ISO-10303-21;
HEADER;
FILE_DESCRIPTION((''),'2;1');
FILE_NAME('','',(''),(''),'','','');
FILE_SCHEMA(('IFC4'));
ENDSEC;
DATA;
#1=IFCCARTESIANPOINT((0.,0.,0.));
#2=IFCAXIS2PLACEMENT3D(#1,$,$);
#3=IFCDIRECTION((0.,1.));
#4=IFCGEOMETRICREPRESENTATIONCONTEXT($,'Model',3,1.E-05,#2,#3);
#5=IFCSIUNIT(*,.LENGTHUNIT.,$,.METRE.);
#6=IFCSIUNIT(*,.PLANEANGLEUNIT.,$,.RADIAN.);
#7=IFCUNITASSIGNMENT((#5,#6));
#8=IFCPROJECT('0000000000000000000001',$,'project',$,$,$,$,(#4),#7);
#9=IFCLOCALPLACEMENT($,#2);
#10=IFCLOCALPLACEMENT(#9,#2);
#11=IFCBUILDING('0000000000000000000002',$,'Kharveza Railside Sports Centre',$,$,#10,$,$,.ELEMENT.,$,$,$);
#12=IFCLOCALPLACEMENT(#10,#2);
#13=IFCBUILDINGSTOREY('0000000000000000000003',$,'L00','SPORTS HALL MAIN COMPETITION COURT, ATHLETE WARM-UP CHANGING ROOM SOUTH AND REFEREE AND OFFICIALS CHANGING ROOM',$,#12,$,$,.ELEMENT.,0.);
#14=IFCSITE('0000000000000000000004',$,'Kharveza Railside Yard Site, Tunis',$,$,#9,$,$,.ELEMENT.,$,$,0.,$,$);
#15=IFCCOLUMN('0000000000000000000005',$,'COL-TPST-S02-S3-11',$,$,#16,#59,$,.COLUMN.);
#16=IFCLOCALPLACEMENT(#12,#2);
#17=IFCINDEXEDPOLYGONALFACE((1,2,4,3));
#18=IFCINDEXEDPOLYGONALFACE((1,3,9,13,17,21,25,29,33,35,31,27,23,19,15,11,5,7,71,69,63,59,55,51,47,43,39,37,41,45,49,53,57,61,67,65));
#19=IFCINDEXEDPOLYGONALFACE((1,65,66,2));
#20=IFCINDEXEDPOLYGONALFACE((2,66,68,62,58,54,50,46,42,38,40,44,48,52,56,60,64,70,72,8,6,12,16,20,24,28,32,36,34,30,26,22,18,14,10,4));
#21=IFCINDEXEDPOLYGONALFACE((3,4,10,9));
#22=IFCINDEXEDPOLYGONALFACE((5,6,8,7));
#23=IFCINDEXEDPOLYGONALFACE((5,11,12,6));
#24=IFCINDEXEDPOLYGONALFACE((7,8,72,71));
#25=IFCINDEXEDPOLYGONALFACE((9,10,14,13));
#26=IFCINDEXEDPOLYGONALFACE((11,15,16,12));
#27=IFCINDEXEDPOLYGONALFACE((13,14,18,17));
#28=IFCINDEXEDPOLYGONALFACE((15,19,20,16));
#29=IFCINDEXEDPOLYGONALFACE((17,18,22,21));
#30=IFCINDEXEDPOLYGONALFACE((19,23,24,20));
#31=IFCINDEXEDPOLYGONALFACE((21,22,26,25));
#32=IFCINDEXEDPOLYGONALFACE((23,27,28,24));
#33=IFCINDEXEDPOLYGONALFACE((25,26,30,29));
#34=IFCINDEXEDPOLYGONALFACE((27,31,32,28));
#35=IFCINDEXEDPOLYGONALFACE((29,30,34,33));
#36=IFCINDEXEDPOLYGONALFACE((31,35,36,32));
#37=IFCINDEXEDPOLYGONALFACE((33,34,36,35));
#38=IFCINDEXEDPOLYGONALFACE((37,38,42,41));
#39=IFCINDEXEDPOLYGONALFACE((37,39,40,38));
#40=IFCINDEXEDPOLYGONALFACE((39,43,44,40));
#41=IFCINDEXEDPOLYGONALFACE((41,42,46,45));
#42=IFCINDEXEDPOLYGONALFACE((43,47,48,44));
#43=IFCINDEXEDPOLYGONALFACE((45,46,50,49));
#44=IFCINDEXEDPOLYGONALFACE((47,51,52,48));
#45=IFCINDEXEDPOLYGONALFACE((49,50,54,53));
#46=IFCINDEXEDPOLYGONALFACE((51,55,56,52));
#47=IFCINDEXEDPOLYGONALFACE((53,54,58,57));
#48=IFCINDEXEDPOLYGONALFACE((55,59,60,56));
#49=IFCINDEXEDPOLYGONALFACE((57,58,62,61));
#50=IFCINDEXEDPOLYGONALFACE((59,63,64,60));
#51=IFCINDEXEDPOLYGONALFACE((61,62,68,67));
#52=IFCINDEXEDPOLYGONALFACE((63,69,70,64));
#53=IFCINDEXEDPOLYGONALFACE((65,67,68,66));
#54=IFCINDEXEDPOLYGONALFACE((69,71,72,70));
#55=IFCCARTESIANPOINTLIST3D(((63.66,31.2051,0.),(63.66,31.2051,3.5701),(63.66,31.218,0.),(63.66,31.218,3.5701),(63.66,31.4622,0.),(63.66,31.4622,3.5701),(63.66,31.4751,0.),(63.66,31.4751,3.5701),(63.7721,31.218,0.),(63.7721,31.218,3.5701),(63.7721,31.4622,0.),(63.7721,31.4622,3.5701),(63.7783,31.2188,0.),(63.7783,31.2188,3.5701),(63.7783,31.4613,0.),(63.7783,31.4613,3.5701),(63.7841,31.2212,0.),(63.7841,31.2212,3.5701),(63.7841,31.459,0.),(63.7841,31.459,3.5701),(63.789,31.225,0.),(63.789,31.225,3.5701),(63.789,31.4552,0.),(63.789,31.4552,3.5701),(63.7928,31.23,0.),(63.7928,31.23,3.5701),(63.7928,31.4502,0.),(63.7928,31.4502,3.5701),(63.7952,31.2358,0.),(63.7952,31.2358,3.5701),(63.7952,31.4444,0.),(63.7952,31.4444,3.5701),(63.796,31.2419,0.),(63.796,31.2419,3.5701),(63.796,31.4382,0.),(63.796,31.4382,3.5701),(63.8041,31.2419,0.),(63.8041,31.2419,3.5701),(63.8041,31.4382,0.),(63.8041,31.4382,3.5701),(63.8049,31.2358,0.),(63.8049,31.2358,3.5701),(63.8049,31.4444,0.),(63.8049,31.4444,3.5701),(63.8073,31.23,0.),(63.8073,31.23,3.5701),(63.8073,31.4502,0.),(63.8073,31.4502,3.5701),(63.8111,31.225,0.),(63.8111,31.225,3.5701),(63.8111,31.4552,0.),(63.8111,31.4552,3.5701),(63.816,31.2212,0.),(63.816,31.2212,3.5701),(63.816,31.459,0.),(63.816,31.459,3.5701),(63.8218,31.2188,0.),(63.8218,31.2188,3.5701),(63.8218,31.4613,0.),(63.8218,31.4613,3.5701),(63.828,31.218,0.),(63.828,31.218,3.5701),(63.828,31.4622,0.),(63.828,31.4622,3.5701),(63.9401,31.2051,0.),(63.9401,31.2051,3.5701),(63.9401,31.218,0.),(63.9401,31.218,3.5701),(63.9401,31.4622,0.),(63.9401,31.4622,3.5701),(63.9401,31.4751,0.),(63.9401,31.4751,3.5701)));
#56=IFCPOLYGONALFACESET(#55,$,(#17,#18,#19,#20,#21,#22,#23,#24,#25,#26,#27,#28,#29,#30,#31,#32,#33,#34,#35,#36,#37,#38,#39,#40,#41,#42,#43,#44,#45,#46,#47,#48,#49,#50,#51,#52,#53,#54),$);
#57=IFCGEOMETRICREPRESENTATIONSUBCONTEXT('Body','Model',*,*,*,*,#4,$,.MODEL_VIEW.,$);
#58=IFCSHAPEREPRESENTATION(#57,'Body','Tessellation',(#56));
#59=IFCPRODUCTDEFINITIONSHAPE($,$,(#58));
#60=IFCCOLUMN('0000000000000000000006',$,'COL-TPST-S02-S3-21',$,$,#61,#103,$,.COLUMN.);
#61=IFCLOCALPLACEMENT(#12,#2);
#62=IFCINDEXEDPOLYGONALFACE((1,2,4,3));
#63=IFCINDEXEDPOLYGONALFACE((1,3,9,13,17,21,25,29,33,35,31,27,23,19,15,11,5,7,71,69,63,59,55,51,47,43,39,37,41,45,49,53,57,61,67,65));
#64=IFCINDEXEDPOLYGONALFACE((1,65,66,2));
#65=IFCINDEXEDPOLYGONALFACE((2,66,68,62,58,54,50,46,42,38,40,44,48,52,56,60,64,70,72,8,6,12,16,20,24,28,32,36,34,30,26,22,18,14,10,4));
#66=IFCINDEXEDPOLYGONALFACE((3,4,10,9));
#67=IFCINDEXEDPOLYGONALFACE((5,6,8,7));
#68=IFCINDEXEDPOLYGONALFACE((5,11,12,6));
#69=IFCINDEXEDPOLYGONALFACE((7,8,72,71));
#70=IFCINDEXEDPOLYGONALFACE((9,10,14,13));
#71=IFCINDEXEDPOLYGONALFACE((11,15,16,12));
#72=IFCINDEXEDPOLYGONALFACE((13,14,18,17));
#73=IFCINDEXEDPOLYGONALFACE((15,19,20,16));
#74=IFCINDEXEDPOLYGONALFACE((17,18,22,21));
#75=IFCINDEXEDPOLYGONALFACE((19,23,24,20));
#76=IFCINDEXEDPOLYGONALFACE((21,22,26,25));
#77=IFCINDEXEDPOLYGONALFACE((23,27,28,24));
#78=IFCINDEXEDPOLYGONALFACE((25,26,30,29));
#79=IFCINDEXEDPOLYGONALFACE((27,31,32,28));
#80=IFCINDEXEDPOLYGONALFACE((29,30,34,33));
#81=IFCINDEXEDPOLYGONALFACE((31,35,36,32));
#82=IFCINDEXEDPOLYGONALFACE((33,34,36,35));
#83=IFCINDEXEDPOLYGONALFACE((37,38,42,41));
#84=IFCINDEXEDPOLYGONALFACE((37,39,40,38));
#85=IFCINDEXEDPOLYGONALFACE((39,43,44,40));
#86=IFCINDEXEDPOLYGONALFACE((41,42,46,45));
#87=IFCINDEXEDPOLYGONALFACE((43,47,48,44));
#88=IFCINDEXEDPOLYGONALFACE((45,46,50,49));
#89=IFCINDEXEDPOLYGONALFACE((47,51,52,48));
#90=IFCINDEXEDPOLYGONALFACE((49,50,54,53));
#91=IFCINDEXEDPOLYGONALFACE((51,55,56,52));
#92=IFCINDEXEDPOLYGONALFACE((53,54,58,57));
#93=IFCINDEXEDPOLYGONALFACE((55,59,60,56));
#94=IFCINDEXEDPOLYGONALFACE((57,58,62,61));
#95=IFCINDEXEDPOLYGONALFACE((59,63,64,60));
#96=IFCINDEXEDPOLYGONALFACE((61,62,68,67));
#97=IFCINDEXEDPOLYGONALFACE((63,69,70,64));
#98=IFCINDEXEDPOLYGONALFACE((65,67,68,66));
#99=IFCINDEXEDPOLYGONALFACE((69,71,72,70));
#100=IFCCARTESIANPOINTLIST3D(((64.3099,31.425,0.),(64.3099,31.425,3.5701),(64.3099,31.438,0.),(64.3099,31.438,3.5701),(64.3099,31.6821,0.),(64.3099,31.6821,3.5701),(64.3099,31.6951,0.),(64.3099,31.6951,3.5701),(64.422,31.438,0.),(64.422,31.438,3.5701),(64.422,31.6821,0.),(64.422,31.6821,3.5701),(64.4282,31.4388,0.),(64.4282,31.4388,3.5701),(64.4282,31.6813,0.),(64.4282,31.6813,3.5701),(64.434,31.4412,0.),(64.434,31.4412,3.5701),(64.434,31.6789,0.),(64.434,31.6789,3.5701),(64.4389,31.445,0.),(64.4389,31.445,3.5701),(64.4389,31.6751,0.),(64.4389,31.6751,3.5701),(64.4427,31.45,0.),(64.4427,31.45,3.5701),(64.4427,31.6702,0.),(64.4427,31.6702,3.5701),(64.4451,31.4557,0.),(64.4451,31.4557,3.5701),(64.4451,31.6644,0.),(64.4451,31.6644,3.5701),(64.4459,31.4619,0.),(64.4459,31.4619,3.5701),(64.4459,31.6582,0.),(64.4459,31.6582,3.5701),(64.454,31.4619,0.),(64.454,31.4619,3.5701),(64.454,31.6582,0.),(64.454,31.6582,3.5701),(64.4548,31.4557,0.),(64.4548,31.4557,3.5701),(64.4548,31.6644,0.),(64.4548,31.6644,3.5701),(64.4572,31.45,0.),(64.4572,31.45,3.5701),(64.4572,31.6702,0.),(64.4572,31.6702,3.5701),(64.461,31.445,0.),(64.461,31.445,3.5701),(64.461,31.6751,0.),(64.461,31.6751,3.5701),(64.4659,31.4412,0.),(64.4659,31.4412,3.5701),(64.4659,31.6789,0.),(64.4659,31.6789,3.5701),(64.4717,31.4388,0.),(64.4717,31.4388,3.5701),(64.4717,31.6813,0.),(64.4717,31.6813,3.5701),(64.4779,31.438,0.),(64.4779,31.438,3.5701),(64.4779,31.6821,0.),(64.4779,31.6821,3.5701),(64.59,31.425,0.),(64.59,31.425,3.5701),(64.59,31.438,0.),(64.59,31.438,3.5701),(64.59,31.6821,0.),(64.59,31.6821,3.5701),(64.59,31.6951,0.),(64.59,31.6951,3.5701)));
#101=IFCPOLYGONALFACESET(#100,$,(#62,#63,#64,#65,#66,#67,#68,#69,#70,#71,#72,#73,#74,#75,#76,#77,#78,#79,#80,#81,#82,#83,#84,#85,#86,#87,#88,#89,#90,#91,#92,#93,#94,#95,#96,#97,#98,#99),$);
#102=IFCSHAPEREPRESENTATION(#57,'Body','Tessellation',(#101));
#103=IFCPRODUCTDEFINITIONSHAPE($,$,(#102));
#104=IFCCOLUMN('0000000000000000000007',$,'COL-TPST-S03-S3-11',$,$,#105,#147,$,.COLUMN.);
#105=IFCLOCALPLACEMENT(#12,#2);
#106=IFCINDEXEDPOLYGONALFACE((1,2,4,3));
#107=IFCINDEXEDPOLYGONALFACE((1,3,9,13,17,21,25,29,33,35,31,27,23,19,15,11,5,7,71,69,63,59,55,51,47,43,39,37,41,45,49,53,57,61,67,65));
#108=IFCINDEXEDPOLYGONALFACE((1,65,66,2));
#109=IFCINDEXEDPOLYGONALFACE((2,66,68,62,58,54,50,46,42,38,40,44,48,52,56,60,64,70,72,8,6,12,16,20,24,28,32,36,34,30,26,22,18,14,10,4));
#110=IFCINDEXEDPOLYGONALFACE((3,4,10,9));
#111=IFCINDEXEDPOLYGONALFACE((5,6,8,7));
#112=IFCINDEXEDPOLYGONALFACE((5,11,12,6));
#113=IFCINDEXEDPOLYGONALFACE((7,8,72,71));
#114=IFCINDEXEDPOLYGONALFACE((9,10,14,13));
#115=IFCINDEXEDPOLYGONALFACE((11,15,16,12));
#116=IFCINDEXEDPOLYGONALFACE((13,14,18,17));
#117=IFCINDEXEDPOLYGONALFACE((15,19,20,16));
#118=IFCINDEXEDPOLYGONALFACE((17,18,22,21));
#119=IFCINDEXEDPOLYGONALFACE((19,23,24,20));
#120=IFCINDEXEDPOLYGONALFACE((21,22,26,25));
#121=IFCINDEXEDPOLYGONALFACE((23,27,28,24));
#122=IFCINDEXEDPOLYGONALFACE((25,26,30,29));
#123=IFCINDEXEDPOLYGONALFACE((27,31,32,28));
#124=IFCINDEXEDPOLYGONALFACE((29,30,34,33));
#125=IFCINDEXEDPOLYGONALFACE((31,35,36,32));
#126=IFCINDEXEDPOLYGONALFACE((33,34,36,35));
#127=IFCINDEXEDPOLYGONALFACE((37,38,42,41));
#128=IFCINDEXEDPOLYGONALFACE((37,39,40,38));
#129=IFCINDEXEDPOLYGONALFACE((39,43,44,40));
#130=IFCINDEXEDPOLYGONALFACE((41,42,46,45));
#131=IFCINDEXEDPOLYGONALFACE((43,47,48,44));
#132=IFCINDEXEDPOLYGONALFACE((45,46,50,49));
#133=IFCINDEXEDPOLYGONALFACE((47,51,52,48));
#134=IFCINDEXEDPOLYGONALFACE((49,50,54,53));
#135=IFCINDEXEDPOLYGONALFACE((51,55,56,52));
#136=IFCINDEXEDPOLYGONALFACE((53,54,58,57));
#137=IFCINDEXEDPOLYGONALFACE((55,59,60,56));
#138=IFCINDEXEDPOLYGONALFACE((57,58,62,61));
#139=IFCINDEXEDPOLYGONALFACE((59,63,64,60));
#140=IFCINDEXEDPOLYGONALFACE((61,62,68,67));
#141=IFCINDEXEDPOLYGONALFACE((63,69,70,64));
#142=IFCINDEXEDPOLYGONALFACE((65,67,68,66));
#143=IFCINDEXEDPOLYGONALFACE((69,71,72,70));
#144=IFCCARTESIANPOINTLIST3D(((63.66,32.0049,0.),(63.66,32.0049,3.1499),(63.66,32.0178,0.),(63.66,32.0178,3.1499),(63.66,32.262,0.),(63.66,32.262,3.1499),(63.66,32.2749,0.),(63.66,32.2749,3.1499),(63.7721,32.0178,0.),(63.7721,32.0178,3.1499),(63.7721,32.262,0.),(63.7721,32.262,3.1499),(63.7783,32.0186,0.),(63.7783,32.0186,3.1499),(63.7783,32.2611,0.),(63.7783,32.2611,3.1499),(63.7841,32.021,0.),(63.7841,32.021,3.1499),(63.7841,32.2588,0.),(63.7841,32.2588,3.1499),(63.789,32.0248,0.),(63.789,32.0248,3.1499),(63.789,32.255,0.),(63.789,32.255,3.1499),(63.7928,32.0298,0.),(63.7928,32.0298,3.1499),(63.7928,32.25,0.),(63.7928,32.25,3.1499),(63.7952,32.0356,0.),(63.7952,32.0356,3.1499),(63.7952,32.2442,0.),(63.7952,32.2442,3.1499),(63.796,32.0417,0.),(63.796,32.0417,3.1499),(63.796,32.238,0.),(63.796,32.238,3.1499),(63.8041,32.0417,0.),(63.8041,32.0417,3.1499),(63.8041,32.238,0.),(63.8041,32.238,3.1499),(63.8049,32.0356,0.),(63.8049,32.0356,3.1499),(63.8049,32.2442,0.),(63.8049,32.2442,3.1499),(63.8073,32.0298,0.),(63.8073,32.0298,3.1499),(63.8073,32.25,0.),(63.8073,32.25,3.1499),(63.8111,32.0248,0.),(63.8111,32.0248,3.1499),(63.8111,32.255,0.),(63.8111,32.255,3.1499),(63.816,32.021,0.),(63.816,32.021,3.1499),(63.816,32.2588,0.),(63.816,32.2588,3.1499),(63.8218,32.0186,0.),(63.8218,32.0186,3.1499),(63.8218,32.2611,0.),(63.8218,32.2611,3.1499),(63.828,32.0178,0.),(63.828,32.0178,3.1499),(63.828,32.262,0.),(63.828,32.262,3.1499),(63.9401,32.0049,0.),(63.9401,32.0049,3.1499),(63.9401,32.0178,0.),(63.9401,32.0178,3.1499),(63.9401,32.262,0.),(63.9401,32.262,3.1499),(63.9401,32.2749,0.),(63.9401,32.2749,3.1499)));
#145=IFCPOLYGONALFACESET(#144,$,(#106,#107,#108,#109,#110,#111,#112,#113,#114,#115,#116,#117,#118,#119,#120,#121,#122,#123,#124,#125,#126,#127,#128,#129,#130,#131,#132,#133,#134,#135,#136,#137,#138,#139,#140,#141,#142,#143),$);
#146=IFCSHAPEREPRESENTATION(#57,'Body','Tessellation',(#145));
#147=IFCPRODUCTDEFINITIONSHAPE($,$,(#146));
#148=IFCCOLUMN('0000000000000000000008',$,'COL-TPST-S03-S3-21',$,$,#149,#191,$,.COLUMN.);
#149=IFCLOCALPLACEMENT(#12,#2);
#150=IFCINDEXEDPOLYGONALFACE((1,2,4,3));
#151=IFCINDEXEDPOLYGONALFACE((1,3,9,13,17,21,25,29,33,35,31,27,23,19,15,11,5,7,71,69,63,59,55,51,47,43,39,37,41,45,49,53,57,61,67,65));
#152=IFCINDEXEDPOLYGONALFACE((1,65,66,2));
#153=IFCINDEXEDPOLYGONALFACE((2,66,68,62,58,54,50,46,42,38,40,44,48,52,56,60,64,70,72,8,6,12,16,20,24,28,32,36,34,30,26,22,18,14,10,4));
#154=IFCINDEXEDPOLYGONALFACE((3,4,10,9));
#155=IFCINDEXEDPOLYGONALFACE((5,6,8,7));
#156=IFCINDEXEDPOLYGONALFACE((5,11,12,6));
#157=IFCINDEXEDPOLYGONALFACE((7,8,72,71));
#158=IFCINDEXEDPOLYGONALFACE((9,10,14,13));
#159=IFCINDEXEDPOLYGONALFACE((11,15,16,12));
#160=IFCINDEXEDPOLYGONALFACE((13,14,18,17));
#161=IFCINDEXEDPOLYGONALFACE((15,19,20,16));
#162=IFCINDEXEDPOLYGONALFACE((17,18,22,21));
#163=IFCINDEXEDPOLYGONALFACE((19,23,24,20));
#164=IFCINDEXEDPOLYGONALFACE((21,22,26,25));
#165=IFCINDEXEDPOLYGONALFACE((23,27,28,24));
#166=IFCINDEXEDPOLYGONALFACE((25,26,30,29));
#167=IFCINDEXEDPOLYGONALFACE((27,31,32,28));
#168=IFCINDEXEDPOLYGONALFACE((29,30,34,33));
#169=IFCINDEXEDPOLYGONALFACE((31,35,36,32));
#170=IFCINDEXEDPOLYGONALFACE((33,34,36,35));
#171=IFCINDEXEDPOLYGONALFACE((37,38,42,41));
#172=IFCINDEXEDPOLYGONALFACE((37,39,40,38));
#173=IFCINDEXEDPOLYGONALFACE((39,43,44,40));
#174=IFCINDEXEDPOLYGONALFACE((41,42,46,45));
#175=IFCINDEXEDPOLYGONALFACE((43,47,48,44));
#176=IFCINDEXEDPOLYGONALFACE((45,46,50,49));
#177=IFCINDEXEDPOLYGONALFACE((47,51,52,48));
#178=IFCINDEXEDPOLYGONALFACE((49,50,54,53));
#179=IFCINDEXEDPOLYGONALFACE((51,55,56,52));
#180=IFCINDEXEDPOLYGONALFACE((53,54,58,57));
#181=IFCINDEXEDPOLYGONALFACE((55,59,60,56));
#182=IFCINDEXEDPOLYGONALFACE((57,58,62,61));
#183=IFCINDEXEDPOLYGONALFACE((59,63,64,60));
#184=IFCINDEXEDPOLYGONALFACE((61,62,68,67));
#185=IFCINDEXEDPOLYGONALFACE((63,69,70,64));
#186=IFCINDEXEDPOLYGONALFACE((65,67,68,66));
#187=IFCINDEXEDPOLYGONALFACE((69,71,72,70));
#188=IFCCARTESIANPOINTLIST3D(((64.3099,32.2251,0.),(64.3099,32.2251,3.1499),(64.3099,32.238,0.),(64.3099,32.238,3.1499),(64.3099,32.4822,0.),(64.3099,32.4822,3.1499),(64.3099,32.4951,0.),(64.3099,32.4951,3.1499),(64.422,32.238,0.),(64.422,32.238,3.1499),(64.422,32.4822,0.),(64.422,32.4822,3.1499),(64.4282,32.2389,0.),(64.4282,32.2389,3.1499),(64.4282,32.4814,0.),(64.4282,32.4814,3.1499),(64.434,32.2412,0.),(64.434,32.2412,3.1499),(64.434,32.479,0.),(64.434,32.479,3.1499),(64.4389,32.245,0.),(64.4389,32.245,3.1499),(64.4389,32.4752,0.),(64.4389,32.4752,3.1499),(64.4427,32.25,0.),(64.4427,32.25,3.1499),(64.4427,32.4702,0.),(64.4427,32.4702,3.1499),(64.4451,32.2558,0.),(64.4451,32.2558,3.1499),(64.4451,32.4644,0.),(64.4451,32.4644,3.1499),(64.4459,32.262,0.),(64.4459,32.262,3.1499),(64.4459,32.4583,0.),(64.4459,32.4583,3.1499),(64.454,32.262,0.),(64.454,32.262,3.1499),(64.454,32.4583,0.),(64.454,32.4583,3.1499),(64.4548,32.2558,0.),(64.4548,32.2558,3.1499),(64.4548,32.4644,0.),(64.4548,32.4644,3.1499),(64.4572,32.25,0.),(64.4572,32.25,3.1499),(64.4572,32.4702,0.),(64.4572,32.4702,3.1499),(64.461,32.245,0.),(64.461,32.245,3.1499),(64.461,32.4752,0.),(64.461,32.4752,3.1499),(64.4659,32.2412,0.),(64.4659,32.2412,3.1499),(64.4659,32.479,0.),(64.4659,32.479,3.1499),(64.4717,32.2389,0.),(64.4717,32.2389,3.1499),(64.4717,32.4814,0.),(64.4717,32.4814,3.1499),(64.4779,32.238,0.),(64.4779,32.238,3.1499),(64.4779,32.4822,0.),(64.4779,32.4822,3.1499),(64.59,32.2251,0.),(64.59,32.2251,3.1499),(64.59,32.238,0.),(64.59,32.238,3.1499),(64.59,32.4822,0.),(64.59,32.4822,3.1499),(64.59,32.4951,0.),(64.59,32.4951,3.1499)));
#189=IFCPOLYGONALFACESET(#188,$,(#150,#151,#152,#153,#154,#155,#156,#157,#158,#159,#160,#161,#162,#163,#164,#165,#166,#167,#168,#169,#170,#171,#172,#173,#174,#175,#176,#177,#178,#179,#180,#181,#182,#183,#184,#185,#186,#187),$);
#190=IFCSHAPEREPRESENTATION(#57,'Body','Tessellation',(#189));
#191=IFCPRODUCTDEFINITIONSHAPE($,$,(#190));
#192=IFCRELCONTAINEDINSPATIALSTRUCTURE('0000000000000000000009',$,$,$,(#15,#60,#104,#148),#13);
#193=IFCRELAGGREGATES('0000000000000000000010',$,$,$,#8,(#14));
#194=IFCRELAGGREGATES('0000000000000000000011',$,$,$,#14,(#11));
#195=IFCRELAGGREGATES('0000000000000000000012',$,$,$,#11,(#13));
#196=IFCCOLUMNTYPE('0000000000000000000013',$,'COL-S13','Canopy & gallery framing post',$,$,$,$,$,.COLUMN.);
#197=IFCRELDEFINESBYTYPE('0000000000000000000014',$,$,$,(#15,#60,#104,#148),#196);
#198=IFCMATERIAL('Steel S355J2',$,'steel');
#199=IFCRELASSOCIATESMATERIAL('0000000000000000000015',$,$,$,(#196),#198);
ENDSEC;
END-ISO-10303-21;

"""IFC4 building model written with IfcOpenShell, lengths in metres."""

from ifc_helpers import new_model, si_unit, direction, frame, origin, origin_2d, place, context, subcontext, project, spatial, i_section, extrude, material, material_profile, profile_set, type_object, element, save


model = new_model("IFC4")

# Units and contexts
model_context = context("Model", 3, precision=1e-05, world=origin(), true_north=direction((0.0, 1.0)))
body_context = subcontext(model_context, "Body", "Model", "MODEL_VIEW")
ifc_project = project(units=[si_unit("LENGTHUNIT", "METRE"), si_unit("PLANEANGLEUNIT", "RADIAN")], contexts=[model_context])

# Site, building, storey
site_placement = place(None, origin())
site = spatial("IfcSite", under=ifc_project, at=site_placement, Name="Kharveza Railside Yard Site, Tunis", CompositionType="ELEMENT", RefElevation=0.0)
building_placement = place(site_placement, origin())
building = spatial("IfcBuilding", under=site, at=building_placement, Name="Kharveza Railside Sports Centre", CompositionType="ELEMENT")
storey_placement = place(building_placement, origin())
storey = spatial("IfcBuildingStorey", under=building, at=storey_placement, Name="L00", Description="SPORTS HALL MAIN COMPETITION COURT, ATHLETE WARM-UP CHANGING ROOM SOUTH AND REFEREE AND OFFICIALS CHANGING ROOM", CompositionType="ELEMENT", Elevation=0.0)

# Columns
ifc_material_1 = material(Name="Steel S355J2", Category="steel")
ifc_material_profile_1 = material_profile(ifc_material_1, i_section(OverallWidth=0.28, OverallDepth=0.27, WebThickness=0.0081, FlangeThickness=0.0129, FilletRadius=0.0239, at=origin_2d()), Name="HEA 280")
ifc_profile_set_1 = profile_set([ifc_material_profile_1], Name="Steel S355J2")
column_type_1 = type_object("IfcColumnType", Name="COL-S13", Description="Canopy & gallery framing post", PredefinedType="COLUMN", material=ifc_profile_set_1)
for number, where, z_axis, x_axis, name in (
    (1, (63.8, 31.3401, 0.0), (0.0, 0.0, 1.0), (1.0, 0.0, 0.0), "COL-TPST-S02-S3-11"),
    (2, (64.45, 31.5601, 0.0), (0.0, 0.0, 1.0), (1.0, 0.0, 0.0), "COL-TPST-S02-S3-21"),
):
    element("IfcColumn", number, at=place(storey_placement, frame(where, z_axis=z_axis, x_axis=x_axis)), inside=storey, type_object=column_type_1, Name=name, PredefinedType="COLUMN", context=body_context, shape_type="SweptSolid", body=[
        extrude(i_section(OverallWidth=0.28, OverallDepth=0.27, WebThickness=0.0081, FlangeThickness=0.0129, FilletRadius=0.0239, at=origin_2d()), origin(), (0.0, 0.0, 1.0), 3.5701),
    ])
for number, where, z_axis, x_axis, name in (
    (3, (63.8, 32.1399, 0.0), (0.0, 0.0, 1.0), (1.0, 0.0, 0.0), "COL-TPST-S03-S3-11"),
    (4, (64.45, 32.3601, 0.0), (0.0, 0.0, 1.0), (1.0, 0.0, 0.0), "COL-TPST-S03-S3-21"),
):
    element("IfcColumn", number, at=place(storey_placement, frame(where, z_axis=z_axis, x_axis=x_axis)), inside=storey, type_object=column_type_1, Name=name, PredefinedType="COLUMN", context=body_context, shape_type="SweptSolid", body=[
        extrude(i_section(OverallWidth=0.28, OverallDepth=0.27, WebThickness=0.0081, FlangeThickness=0.0129, FilletRadius=0.0239, at=origin_2d()), origin(), (0.0, 0.0, 1.0), 3.1499),
    ])

save(model, "model.ifc")
